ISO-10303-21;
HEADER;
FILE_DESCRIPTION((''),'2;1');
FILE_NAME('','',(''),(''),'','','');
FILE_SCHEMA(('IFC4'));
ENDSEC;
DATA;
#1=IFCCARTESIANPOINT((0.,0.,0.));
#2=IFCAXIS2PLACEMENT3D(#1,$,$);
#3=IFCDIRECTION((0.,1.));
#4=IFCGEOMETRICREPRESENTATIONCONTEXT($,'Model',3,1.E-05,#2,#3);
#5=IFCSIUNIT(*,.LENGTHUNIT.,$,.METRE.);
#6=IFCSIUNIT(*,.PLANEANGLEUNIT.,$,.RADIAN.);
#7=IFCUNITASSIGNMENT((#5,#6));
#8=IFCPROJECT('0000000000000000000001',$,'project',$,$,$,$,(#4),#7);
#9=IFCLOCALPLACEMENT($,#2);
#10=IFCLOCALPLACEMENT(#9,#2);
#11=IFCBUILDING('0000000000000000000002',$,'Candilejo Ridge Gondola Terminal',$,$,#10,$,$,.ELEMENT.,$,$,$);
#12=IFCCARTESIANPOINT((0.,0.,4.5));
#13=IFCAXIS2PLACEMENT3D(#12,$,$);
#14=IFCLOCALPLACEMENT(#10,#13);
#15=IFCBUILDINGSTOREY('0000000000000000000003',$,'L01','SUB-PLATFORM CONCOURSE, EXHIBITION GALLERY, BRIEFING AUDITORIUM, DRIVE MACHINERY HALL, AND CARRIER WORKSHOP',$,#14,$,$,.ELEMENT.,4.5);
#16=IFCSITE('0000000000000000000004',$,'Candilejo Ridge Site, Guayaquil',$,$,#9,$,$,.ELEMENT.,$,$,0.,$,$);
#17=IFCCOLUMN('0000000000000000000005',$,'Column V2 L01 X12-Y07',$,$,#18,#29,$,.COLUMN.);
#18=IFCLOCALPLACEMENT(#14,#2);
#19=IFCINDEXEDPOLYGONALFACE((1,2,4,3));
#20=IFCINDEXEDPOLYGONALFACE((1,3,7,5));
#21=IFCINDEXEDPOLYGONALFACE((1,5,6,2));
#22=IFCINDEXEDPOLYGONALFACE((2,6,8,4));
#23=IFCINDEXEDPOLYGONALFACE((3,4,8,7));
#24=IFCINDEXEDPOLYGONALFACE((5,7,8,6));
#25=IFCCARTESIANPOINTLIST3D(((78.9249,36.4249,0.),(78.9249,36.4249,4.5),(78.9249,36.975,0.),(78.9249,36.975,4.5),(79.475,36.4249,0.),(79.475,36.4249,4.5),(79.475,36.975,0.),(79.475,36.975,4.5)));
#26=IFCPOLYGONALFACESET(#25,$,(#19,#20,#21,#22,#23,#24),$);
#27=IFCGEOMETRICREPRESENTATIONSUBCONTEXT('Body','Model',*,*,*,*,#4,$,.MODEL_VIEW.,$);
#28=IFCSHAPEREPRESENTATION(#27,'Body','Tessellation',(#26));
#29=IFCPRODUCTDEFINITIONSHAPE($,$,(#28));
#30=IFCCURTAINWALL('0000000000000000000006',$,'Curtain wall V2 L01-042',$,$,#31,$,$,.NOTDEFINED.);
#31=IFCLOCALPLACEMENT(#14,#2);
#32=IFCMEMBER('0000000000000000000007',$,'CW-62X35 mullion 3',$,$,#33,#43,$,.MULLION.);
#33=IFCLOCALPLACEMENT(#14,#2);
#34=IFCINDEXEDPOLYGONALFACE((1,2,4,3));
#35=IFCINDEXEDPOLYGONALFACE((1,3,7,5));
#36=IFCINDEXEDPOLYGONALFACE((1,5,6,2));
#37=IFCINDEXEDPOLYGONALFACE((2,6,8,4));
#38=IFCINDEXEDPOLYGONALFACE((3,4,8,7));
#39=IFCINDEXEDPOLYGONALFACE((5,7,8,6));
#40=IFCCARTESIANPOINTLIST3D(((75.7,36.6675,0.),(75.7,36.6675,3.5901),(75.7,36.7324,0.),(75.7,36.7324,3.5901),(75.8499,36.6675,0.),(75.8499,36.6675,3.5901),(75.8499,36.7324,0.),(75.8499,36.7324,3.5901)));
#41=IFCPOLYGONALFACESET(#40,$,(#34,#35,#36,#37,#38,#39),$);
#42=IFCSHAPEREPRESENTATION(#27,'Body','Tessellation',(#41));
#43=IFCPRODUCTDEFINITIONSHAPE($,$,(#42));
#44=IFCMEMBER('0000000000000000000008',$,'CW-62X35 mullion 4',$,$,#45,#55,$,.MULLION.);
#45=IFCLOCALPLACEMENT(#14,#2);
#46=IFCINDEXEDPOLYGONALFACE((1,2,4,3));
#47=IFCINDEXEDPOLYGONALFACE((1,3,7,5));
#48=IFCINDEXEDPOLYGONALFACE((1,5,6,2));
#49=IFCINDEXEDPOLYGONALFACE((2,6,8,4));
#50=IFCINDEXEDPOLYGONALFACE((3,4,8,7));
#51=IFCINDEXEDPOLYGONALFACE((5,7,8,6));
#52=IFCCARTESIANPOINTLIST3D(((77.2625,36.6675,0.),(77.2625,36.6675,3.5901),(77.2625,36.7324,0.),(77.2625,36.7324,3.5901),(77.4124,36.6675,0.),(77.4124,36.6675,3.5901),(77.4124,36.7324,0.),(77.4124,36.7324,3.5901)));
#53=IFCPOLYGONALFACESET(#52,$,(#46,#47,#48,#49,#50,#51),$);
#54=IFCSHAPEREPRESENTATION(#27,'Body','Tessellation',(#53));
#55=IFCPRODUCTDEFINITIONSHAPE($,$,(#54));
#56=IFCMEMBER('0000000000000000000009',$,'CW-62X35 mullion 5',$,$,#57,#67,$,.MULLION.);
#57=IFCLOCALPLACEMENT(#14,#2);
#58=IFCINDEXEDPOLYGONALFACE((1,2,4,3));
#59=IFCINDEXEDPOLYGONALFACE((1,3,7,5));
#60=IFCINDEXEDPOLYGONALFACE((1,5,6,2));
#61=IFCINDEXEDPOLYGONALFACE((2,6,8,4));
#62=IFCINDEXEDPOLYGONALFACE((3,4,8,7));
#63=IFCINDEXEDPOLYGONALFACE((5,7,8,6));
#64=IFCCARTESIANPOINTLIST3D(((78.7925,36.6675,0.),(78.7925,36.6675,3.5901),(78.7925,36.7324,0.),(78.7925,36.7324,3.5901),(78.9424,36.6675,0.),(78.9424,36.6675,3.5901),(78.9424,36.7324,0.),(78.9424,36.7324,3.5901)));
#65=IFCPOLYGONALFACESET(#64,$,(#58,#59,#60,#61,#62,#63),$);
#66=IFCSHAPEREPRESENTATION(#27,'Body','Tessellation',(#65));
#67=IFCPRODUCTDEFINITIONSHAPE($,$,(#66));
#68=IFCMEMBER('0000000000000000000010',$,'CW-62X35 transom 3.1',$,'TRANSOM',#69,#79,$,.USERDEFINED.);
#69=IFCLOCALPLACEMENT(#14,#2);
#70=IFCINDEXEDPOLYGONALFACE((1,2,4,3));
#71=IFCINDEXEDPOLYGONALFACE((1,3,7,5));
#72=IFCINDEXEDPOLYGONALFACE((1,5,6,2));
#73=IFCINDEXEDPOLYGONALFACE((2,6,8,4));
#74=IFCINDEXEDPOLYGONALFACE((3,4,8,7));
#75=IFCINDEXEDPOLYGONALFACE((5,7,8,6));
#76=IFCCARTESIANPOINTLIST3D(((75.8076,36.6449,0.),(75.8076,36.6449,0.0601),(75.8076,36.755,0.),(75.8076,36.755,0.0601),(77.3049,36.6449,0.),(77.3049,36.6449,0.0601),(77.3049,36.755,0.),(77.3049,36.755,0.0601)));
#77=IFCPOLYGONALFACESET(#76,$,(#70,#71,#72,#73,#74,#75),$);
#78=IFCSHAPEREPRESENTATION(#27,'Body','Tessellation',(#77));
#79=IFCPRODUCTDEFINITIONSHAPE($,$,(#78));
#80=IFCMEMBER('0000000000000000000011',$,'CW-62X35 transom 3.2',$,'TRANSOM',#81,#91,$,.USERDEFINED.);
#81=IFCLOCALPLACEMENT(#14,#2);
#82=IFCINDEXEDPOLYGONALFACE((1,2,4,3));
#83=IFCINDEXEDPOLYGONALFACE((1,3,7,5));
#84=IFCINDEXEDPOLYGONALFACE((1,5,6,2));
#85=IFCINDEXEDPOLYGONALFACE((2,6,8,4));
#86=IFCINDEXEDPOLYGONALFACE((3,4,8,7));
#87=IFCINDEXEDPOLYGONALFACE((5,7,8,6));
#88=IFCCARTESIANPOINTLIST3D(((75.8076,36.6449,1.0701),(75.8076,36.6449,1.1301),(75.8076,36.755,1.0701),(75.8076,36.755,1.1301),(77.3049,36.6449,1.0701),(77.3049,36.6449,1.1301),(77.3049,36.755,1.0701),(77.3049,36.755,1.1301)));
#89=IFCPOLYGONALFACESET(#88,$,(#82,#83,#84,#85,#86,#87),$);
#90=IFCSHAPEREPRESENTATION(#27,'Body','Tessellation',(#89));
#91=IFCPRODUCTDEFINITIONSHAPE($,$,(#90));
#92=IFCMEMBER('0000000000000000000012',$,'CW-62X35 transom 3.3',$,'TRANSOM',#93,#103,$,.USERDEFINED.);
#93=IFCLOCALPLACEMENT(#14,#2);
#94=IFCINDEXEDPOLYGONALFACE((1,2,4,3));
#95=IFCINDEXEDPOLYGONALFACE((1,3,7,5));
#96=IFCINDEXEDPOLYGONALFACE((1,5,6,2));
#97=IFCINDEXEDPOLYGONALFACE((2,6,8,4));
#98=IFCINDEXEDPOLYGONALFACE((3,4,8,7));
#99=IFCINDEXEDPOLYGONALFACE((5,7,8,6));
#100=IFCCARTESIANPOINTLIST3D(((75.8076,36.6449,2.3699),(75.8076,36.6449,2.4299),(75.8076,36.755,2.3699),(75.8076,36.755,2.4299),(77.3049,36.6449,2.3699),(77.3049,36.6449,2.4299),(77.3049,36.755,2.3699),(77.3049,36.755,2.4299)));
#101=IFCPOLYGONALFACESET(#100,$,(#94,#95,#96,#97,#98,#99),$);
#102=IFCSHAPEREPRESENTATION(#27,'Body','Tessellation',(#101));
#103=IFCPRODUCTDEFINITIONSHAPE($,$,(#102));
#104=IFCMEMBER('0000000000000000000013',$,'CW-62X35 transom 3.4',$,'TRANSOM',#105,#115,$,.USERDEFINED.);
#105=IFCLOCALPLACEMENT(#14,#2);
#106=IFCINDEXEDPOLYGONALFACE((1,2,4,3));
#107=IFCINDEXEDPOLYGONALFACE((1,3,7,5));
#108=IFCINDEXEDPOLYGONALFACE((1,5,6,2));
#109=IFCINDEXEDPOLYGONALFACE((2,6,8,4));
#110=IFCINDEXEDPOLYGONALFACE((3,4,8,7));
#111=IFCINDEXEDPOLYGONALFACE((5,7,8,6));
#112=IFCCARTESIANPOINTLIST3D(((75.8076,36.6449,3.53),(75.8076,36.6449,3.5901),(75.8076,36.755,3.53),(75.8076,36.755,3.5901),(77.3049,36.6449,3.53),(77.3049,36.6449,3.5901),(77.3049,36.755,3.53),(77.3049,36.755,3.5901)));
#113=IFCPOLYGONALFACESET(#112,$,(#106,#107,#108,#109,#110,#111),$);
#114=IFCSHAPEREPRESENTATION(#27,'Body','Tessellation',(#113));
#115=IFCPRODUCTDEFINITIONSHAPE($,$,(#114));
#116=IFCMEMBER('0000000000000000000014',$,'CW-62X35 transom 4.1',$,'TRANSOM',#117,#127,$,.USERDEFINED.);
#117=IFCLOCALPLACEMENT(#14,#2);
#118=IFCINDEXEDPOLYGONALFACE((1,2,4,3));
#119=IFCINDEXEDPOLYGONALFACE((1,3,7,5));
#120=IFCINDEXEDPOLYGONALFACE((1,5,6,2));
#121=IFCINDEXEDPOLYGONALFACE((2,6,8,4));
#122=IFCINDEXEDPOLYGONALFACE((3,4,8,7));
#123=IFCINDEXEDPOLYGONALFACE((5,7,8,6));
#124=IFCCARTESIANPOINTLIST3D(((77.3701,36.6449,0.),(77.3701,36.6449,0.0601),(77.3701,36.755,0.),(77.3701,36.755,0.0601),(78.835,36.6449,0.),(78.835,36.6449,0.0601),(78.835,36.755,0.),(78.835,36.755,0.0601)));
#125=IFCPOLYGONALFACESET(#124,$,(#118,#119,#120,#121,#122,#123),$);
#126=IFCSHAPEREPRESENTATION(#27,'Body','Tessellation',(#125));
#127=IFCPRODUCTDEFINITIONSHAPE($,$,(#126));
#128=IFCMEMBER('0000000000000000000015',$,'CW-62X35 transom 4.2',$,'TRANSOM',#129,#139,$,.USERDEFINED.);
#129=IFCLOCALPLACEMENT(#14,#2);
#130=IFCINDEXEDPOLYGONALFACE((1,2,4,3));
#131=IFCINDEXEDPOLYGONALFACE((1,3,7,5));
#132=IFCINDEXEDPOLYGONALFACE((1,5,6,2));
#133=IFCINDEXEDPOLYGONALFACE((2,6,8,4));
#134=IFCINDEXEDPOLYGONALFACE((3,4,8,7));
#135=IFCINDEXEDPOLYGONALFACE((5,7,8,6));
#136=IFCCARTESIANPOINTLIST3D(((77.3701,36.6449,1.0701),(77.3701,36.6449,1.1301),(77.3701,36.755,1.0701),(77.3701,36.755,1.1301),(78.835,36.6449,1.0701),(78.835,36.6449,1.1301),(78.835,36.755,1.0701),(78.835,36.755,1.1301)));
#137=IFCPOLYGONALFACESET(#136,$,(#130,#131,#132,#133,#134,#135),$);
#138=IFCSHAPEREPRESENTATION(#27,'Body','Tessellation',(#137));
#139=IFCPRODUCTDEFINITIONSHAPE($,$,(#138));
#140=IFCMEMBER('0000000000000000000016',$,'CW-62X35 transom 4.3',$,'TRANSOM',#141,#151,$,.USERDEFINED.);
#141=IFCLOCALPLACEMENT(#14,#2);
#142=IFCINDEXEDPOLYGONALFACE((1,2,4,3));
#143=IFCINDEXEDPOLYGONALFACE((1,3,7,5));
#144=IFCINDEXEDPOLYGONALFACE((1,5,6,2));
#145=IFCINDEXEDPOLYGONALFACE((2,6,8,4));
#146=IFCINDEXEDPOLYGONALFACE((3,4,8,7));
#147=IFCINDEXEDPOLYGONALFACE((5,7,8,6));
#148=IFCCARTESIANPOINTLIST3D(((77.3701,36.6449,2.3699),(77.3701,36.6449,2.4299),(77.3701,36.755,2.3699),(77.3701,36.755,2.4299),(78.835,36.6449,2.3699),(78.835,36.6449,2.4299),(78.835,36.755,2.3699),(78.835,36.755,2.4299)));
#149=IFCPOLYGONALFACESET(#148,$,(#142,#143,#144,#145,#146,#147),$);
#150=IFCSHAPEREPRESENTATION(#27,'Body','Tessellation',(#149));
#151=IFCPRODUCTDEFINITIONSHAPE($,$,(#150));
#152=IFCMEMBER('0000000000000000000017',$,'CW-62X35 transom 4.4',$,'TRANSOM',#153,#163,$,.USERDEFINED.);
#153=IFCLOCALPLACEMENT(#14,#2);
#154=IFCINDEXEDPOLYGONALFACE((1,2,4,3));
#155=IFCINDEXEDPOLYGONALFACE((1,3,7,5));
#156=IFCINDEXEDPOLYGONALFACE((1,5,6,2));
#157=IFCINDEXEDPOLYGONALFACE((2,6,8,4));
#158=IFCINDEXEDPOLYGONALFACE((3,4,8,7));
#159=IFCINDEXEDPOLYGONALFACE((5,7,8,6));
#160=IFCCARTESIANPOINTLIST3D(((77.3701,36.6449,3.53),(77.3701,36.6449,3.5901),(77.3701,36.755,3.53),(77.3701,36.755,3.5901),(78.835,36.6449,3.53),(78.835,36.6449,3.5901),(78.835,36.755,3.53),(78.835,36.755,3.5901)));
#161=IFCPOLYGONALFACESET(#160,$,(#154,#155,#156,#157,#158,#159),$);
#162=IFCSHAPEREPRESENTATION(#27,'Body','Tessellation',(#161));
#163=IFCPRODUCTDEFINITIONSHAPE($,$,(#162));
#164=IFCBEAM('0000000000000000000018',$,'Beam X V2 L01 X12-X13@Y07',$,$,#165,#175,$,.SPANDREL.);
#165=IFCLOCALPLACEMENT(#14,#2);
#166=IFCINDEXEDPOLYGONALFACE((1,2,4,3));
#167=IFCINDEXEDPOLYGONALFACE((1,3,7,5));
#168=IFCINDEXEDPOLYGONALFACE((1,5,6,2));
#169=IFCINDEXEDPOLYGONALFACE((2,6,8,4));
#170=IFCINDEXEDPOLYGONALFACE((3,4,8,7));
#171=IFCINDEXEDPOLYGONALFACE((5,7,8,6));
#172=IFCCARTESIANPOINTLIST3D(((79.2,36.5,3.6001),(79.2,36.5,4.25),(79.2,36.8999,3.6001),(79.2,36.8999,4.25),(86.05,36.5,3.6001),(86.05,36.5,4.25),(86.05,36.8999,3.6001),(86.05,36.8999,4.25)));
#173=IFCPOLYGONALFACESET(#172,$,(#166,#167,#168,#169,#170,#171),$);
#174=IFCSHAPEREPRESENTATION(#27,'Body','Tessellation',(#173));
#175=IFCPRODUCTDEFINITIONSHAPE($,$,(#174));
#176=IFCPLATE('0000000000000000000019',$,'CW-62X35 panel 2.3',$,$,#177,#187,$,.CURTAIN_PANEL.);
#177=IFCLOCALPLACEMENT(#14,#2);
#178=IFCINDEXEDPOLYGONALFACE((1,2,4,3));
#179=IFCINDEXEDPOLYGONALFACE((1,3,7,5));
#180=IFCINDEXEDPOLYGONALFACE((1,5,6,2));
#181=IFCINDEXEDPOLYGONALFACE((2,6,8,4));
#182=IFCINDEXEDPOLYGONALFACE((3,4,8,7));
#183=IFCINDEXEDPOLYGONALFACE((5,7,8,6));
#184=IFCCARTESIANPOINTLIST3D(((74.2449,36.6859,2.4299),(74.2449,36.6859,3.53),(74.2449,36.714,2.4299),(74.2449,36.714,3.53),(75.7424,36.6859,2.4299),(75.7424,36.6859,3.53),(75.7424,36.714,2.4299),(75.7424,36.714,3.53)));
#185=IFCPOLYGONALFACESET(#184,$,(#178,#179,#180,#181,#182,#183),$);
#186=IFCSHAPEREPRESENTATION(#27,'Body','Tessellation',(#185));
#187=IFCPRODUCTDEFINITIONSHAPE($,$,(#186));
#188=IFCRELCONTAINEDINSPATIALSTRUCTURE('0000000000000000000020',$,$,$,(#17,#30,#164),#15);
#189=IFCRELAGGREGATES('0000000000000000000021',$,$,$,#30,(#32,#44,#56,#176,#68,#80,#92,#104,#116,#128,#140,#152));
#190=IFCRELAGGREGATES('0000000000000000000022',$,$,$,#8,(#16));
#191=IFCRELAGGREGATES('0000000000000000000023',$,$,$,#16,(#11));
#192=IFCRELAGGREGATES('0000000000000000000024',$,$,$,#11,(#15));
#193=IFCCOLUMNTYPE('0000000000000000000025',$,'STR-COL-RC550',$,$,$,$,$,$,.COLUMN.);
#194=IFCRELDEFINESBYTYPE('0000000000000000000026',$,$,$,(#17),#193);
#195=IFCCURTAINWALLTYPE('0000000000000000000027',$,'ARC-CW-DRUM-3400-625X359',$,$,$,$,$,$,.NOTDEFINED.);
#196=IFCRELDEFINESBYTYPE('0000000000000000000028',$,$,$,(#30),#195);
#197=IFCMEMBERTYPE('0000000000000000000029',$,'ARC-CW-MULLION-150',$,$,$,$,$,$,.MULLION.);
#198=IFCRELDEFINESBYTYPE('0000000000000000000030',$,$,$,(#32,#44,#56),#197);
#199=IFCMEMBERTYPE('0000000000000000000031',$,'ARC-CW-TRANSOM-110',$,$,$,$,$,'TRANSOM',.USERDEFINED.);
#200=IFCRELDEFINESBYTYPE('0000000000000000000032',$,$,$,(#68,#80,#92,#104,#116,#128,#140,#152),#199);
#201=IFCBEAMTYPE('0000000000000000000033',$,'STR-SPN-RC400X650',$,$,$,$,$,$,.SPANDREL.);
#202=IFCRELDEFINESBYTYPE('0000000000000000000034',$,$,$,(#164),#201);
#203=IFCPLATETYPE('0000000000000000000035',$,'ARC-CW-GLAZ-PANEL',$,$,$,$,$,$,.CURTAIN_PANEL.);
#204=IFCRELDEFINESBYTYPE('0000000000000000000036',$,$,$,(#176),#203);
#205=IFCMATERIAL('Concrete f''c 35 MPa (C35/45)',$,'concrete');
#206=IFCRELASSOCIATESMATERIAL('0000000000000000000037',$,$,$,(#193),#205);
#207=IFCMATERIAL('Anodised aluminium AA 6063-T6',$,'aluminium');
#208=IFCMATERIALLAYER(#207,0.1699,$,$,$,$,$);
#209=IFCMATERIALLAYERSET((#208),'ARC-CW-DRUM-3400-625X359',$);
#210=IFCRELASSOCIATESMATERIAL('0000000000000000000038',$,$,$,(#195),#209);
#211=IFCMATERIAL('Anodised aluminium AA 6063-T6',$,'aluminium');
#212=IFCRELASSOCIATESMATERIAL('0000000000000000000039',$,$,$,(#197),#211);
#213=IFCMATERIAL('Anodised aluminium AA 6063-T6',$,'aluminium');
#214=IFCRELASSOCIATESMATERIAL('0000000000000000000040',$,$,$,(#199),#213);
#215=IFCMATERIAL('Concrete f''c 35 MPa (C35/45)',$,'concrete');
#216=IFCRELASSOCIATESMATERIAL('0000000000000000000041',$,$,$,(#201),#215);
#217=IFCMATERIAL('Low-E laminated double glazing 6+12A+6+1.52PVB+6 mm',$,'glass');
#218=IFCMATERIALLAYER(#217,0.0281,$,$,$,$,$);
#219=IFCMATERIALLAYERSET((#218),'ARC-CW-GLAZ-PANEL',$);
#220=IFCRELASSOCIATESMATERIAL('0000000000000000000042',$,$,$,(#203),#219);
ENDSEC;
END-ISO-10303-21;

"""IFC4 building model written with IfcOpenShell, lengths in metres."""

from ifc_helpers import new_model, si_unit, direction, frame, origin, origin_2d, place, context, subcontext, project, spatial, rectangle, extrude, material, layer, layer_set, material_profile, profile_set, type_object, element, aggregate, save


model = new_model("IFC4")

# Units and contexts
model_context = context("Model", 3, precision=1e-05, world=origin(), true_north=direction((0.0, 1.0)))
body_context = subcontext(model_context, "Body", "Model", "MODEL_VIEW")
ifc_project = project(units=[si_unit("LENGTHUNIT", "METRE"), si_unit("PLANEANGLEUNIT", "RADIAN")], contexts=[model_context])

# Site, building, storey
site_placement = place(None, origin())
site = spatial("IfcSite", under=ifc_project, at=site_placement, Name="Candilejo Ridge Site, Guayaquil", CompositionType="ELEMENT", RefElevation=0.0)
building_placement = place(site_placement, origin())
building = spatial("IfcBuilding", under=site, at=building_placement, Name="Candilejo Ridge Gondola Terminal", CompositionType="ELEMENT")
storey_placement = place(building_placement, frame((0.0, 0.0, 4.5)))
storey = spatial("IfcBuildingStorey", under=building, at=storey_placement, Name="L01", Description="SUB-PLATFORM CONCOURSE, EXHIBITION GALLERY, BRIEFING AUDITORIUM, DRIVE MACHINERY HALL, AND CARRIER WORKSHOP", CompositionType="ELEMENT", Elevation=4.5)

# Column
ifc_material_1 = material(Name="Concrete f'c 35 MPa (C35/45)", Category="concrete")
ifc_material_profile_1 = material_profile(ifc_material_1, rectangle(XDim=0.55, YDim=0.55, at=origin_2d()))
ifc_profile_set_1 = profile_set([ifc_material_profile_1], Name="Concrete f'c 35 MPa (C35/45)")
column_type = type_object("IfcColumnType", Name="STR-COL-RC550", PredefinedType="COLUMN", material=ifc_profile_set_1)
column_placement = place(storey_placement, frame((79.2, 36.7, 0.0), z_axis=(0.0, 0.0, 1.0), x_axis=(1.0, 0.0, 0.0)))
element("IfcColumn", 1, at=column_placement, inside=storey, type_object=column_type, Name="Column V2 L01 X12-Y07", PredefinedType="COLUMN", context=body_context, shape_type="SweptSolid", body=[
    extrude(rectangle(XDim=0.55, YDim=0.55, at=origin_2d()), origin(), (0.0, 0.0, 1.0), 4.5),
])

# Curtain wall, members
ifc_material_2 = material(Name="Anodised aluminium AA 6063-T6", Category="aluminium")
ifc_layer_1 = layer(ifc_material_2, 0.1699)
ifc_layer_set_1 = layer_set([ifc_layer_1], Name="ARC-CW-DRUM-3400-625X359")
curtain_wall_type = type_object("IfcCurtainWallType", Name="ARC-CW-DRUM-3400-625X359", PredefinedType="NOTDEFINED", material=ifc_layer_set_1)
curtain_wall_placement = place(storey_placement, origin())
curtain_wall = element("IfcCurtainWall", 2, at=curtain_wall_placement, inside=storey, type_object=curtain_wall_type, Name="Curtain wall V2 L01-042", PredefinedType="NOTDEFINED")
ifc_material_3 = material(Name="Anodised aluminium AA 6063-T6", Category="aluminium")
ifc_material_profile_2 = material_profile(ifc_material_3, rectangle(XDim=0.0649, YDim=0.1499, at=origin_2d()))
ifc_profile_set_2 = profile_set([ifc_material_profile_2], Name="Anodised aluminium AA 6063-T6")
member_type_1 = type_object("IfcMemberType", Name="ARC-CW-MULLION-150", PredefinedType="MULLION", material=ifc_profile_set_2)
member_1_placement = place(storey_placement, frame((75.7749, 36.7, 0.0), z_axis=(0.0, 0.0, 1.0), x_axis=(0.0, 1.0, 0.0)))
member_1 = element("IfcMember", 3, at=member_1_placement, type_object=member_type_1, Name="CW-62X35 mullion 3", PredefinedType="MULLION", context=body_context, shape_type="SweptSolid", body=[
    extrude(rectangle(XDim=0.0649, YDim=0.1499, at=origin_2d()), origin(), (0.0, 0.0, 1.0), 3.5901),
])
member_2_placement = place(storey_placement, frame((77.3374, 36.7, 0.0), z_axis=(0.0, 0.0, 1.0), x_axis=(0.0, 1.0, 0.0)))
member_2 = element("IfcMember", 4, at=member_2_placement, type_object=member_type_1, Name="CW-62X35 mullion 4", PredefinedType="MULLION", context=body_context, shape_type="SweptSolid", body=[
    extrude(rectangle(XDim=0.0649, YDim=0.1499, at=origin_2d()), origin(), (0.0, 0.0, 1.0), 3.5901),
])
member_3_placement = place(storey_placement, frame((78.8674, 36.7, 0.0), z_axis=(0.0, 0.0, 1.0), x_axis=(0.0, 1.0, 0.0)))
member_3 = element("IfcMember", 5, at=member_3_placement, type_object=member_type_1, Name="CW-62X35 mullion 5", PredefinedType="MULLION", context=body_context, shape_type="SweptSolid", body=[
    extrude(rectangle(XDim=0.0649, YDim=0.1499, at=origin_2d()), origin(), (0.0, 0.0, 1.0), 3.5901),
])
ifc_material_4 = material(Name="Anodised aluminium AA 6063-T6", Category="aluminium")
ifc_material_profile_3 = material_profile(ifc_material_4, rectangle(XDim=0.1101, YDim=0.0601, at=origin_2d()))
ifc_profile_set_3 = profile_set([ifc_material_profile_3], Name="Anodised aluminium AA 6063-T6")
member_type_2 = type_object("IfcMemberType", Name="ARC-CW-TRANSOM-110", ElementType="TRANSOM", PredefinedType="USERDEFINED", material=ifc_profile_set_3)
member_4_placement = place(storey_placement, frame((75.8076, 36.7, 0.03), z_axis=(1.0, 0.0, 0.0), x_axis=(0.0, 1.0, 0.0)))
member_4 = element("IfcMember", 6, at=member_4_placement, type_object=member_type_2, Name="CW-62X35 transom 3.1", ObjectType="TRANSOM", PredefinedType="USERDEFINED", context=body_context, shape_type="SweptSolid", body=[
    extrude(rectangle(XDim=0.1101, YDim=0.0601, at=origin_2d()), origin(), (0.0, 0.0, 1.0), 1.4973),
])
member_5_placement = place(storey_placement, frame((75.8076, 36.7, 1.1001), z_axis=(1.0, 0.0, 0.0), x_axis=(0.0, 1.0, 0.0)))
member_5 = element("IfcMember", 7, at=member_5_placement, type_object=member_type_2, Name="CW-62X35 transom 3.2", ObjectType="TRANSOM", PredefinedType="USERDEFINED", context=body_context, shape_type="SweptSolid", body=[
    extrude(rectangle(XDim=0.1101, YDim=0.0601, at=origin_2d()), origin(), (0.0, 0.0, 1.0), 1.4973),
])
member_6_placement = place(storey_placement, frame((75.8076, 36.7, 2.3999), z_axis=(1.0, 0.0, 0.0), x_axis=(0.0, 1.0, 0.0)))
member_6 = element("IfcMember", 8, at=member_6_placement, type_object=member_type_2, Name="CW-62X35 transom 3.3", ObjectType="TRANSOM", PredefinedType="USERDEFINED", context=body_context, shape_type="SweptSolid", body=[
    extrude(rectangle(XDim=0.1101, YDim=0.0601, at=origin_2d()), origin(), (0.0, 0.0, 1.0), 1.4973),
])
member_7_placement = place(storey_placement, frame((75.8076, 36.7, 3.5601), z_axis=(1.0, 0.0, 0.0), x_axis=(0.0, 1.0, 0.0)))
member_7 = element("IfcMember", 9, at=member_7_placement, type_object=member_type_2, Name="CW-62X35 transom 3.4", ObjectType="TRANSOM", PredefinedType="USERDEFINED", context=body_context, shape_type="SweptSolid", body=[
    extrude(rectangle(XDim=0.1101, YDim=0.0601, at=origin_2d()), origin(), (0.0, 0.0, 1.0), 1.4973),
])
member_8_placement = place(storey_placement, frame((77.3701, 36.7, 0.03), z_axis=(1.0, 0.0, 0.0), x_axis=(0.0, 1.0, 0.0)))
member_8 = element("IfcMember", 10, at=member_8_placement, type_object=member_type_2, Name="CW-62X35 transom 4.1", ObjectType="TRANSOM", PredefinedType="USERDEFINED", context=body_context, shape_type="SweptSolid", body=[
    extrude(rectangle(XDim=0.1101, YDim=0.0601, at=origin_2d()), origin(), (0.0, 0.0, 1.0), 1.4648),
])
member_9_placement = place(storey_placement, frame((77.3701, 36.7, 1.1001), z_axis=(1.0, 0.0, 0.0), x_axis=(0.0, 1.0, 0.0)))
member_9 = element("IfcMember", 11, at=member_9_placement, type_object=member_type_2, Name="CW-62X35 transom 4.2", ObjectType="TRANSOM", PredefinedType="USERDEFINED", context=body_context, shape_type="SweptSolid", body=[
    extrude(rectangle(XDim=0.1101, YDim=0.0601, at=origin_2d()), origin(), (0.0, 0.0, 1.0), 1.4648),
])
member_10_placement = place(storey_placement, frame((77.3701, 36.7, 2.3999), z_axis=(1.0, 0.0, 0.0), x_axis=(0.0, 1.0, 0.0)))
member_10 = element("IfcMember", 12, at=member_10_placement, type_object=member_type_2, Name="CW-62X35 transom 4.3", ObjectType="TRANSOM", PredefinedType="USERDEFINED", context=body_context, shape_type="SweptSolid", body=[
    extrude(rectangle(XDim=0.1101, YDim=0.0601, at=origin_2d()), origin(), (0.0, 0.0, 1.0), 1.4648),
])
member_11_placement = place(storey_placement, frame((77.3701, 36.7, 3.5601), z_axis=(1.0, 0.0, 0.0), x_axis=(0.0, 1.0, 0.0)))
member_11 = element("IfcMember", 13, at=member_11_placement, type_object=member_type_2, Name="CW-62X35 transom 4.4", ObjectType="TRANSOM", PredefinedType="USERDEFINED", context=body_context, shape_type="SweptSolid", body=[
    extrude(rectangle(XDim=0.1101, YDim=0.0601, at=origin_2d()), origin(), (0.0, 0.0, 1.0), 1.4648),
])

# Beam
ifc_material_5 = material(Name="Concrete f'c 35 MPa (C35/45)", Category="concrete")
ifc_material_profile_4 = material_profile(ifc_material_5, rectangle(XDim=0.3999, YDim=0.6499, at=origin_2d()))
ifc_profile_set_4 = profile_set([ifc_material_profile_4], Name="Concrete f'c 35 MPa (C35/45)")
beam_type = type_object("IfcBeamType", Name="STR-SPN-RC400X650", PredefinedType="SPANDREL", material=ifc_profile_set_4)
beam_placement = place(storey_placement, frame((79.2, 36.7, 3.925), z_axis=(1.0, 0.0, 0.0), x_axis=(0.0, 1.0, 0.0)))
element("IfcBeam", 14, at=beam_placement, inside=storey, type_object=beam_type, Name="Beam X V2 L01 X12-X13@Y07", PredefinedType="SPANDREL", context=body_context, shape_type="SweptSolid", body=[
    extrude(rectangle(XDim=0.3999, YDim=0.6499, at=origin_2d()), origin(), (0.0, 0.0, 1.0), 6.8501),
])

# Plate
ifc_material_6 = material(Name="Low-E laminated double glazing 6+12A+6+1.52PVB+6 mm", Category="glass")
ifc_layer_2 = layer(ifc_material_6, 0.0281)
ifc_layer_set_2 = layer_set([ifc_layer_2], Name="ARC-CW-GLAZ-PANEL")
plate_type_1 = type_object("IfcPlateType", Name="ARC-CW-GLAZ-PANEL", PredefinedType="CURTAIN_PANEL", material=ifc_layer_set_2)
plate_1_placement = place(storey_placement, frame((74.9937, 36.7, 2.4299), z_axis=(0.0, 0.0, 1.0), x_axis=(1.0, 0.0, 0.0)))
plate_1 = element("IfcPlate", 15, at=plate_1_placement, type_object=plate_type_1, Name="CW-62X35 panel 2.3", PredefinedType="CURTAIN_PANEL", context=body_context, shape_type="SweptSolid", body=[
    extrude(rectangle(XDim=1.4976, YDim=0.0281, at=origin_2d()), origin(), (0.0, 0.0, 1.0), 1.1001),
])
aggregate(curtain_wall, [member_1, member_2, member_3, plate_1, member_4, member_5, member_6, member_7, member_8, member_9, member_10, member_11])

save(model, "model.ifc")
